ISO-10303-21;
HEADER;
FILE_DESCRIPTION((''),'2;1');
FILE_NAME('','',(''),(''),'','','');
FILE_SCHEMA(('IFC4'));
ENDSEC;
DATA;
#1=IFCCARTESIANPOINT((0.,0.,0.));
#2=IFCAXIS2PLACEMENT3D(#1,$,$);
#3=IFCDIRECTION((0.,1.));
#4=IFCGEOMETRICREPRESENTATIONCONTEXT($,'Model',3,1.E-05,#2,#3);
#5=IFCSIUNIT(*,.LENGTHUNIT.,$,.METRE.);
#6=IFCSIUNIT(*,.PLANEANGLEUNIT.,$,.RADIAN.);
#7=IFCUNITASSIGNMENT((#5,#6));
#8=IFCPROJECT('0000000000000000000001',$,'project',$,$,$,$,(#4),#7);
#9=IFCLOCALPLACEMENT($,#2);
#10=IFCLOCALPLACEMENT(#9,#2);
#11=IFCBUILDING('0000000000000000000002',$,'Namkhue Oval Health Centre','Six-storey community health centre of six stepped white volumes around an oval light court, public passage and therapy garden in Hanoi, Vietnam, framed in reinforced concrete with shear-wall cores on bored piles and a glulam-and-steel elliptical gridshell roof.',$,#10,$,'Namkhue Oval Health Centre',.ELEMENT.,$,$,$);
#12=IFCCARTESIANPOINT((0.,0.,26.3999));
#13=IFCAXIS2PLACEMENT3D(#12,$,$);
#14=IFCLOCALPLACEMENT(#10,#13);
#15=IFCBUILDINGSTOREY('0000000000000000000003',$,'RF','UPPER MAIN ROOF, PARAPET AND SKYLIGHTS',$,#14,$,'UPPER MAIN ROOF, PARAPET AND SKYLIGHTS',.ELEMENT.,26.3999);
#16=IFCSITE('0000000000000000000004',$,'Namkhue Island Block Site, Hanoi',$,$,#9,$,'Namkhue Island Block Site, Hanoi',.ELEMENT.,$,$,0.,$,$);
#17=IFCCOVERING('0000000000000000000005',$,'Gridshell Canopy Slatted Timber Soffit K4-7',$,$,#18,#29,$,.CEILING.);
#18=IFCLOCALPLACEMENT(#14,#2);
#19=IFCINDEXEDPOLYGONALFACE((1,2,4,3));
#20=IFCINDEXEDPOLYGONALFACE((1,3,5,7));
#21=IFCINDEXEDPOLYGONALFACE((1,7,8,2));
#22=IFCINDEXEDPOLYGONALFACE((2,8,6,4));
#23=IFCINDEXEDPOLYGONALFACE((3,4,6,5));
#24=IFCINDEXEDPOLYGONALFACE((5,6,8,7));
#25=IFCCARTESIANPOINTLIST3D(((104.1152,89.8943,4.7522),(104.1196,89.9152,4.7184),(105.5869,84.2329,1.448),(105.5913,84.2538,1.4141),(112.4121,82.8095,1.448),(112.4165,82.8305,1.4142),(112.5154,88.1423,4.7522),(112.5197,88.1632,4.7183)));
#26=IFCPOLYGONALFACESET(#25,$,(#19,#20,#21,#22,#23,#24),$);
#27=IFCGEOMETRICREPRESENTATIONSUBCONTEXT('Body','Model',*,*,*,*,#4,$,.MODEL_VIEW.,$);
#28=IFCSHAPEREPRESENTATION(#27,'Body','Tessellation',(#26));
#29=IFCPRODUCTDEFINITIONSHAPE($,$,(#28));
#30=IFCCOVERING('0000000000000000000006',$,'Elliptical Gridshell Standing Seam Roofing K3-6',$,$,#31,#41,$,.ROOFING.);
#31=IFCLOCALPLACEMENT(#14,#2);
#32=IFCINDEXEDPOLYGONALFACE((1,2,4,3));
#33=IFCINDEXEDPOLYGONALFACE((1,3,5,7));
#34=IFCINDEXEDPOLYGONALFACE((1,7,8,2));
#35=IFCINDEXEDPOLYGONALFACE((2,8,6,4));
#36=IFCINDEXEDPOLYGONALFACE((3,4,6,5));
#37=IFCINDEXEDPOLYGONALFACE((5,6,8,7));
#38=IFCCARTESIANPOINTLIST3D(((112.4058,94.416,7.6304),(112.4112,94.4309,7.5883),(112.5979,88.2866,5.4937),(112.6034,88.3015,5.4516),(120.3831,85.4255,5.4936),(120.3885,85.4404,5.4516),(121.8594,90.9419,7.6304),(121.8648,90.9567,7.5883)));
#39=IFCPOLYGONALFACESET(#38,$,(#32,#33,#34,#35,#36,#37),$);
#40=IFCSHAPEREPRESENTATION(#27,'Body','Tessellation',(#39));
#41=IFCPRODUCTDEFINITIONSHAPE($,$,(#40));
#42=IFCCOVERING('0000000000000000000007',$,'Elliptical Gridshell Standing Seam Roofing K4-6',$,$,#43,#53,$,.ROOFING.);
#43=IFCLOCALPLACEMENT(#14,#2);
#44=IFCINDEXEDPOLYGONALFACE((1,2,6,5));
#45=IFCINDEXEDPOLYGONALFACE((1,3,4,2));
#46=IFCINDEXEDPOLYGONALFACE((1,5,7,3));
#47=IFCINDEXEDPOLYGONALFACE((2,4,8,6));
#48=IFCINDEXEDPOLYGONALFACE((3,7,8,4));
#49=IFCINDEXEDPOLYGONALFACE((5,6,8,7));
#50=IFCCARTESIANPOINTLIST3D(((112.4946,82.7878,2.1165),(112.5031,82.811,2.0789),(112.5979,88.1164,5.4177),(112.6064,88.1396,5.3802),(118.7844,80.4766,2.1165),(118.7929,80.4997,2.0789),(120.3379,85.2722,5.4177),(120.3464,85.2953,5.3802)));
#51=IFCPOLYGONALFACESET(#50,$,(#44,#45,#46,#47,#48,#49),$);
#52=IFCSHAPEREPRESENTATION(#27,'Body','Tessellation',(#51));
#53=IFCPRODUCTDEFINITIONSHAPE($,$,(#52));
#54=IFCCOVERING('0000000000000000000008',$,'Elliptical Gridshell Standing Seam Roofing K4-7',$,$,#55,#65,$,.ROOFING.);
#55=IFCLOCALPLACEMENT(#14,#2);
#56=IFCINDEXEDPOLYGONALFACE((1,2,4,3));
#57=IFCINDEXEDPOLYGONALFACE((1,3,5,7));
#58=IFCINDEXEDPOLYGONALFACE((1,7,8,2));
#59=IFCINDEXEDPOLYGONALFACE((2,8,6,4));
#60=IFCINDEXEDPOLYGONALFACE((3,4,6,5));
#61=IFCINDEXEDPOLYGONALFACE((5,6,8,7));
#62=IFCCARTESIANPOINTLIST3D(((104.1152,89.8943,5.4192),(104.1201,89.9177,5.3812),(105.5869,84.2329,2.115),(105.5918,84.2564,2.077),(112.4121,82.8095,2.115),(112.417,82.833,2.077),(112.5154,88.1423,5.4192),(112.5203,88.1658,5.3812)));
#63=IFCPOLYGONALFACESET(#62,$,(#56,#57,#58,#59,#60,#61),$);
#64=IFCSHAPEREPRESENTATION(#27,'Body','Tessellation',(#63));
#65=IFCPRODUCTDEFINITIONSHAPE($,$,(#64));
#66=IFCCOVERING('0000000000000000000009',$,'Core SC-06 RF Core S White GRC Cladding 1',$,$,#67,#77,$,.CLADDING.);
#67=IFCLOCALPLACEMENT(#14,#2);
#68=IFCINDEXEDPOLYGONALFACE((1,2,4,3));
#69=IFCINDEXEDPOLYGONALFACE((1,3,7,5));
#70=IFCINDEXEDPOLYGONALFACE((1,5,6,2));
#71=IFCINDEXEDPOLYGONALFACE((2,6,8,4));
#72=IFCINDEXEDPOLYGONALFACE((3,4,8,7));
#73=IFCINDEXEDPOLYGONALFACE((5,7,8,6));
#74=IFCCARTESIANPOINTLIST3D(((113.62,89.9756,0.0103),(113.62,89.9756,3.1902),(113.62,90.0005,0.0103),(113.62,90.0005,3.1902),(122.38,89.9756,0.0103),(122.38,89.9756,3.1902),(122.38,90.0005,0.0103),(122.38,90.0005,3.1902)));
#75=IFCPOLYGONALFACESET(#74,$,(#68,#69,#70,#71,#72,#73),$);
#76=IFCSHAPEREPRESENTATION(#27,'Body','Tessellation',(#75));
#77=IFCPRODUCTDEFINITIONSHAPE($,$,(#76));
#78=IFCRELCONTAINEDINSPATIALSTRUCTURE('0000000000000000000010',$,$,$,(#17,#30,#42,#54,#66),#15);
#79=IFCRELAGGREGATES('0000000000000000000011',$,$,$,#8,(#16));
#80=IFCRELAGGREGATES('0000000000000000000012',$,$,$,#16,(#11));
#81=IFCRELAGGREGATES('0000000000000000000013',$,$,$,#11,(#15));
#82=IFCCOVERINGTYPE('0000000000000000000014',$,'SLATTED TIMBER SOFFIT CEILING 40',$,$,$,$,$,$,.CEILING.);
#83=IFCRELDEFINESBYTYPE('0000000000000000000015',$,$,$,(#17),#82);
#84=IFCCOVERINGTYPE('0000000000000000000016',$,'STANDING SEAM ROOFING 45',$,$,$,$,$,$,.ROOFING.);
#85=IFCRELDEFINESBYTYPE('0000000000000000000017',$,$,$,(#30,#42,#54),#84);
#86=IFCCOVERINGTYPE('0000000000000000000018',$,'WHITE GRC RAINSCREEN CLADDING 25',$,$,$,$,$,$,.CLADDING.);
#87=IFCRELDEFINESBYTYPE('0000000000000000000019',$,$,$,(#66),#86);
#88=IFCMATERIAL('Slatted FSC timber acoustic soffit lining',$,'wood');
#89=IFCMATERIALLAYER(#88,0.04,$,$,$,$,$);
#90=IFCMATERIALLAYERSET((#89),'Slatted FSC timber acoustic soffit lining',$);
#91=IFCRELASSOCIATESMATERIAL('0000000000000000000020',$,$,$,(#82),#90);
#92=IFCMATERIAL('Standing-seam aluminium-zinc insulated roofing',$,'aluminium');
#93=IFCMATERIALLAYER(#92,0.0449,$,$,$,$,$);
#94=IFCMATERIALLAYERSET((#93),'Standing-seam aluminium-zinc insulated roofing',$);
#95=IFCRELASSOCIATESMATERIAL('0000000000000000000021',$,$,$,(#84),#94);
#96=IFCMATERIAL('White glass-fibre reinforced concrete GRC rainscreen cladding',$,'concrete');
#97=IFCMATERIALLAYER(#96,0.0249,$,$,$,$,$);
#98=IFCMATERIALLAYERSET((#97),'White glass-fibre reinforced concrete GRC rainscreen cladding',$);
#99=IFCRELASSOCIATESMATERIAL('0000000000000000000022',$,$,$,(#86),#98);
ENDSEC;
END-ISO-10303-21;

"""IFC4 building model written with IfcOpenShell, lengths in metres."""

from ifc_helpers import new_model, si_unit, direction, frame, origin, origin_2d, place, context, subcontext, project, spatial, polyline, rectangle, outline, extrude, material, layer, layer_set, type_object, element, save


model = new_model("IFC4")

# Units and contexts
model_context = context("Model", 3, precision=1e-05, world=origin(), true_north=direction((0.0, 1.0)))
body_context = subcontext(model_context, "Body", "Model", "MODEL_VIEW")
ifc_project = project(units=[si_unit("LENGTHUNIT", "METRE"), si_unit("PLANEANGLEUNIT", "RADIAN")], contexts=[model_context])

# Site, building, storey
site_placement = place(None, origin())
site = spatial("IfcSite", under=ifc_project, at=site_placement, Name="Namkhue Island Block Site, Hanoi", LongName="Namkhue Island Block Site, Hanoi", CompositionType="ELEMENT", RefElevation=0.0)
building_placement = place(site_placement, origin())
building = spatial("IfcBuilding", under=site, at=building_placement, Name="Namkhue Oval Health Centre", Description="Six-storey community health centre of six stepped white volumes around an oval light court, public passage and therapy garden in Hanoi, Vietnam, framed in reinforced concrete with shear-wall cores on bored piles and a glulam-and-steel elliptical gridshell roof.", LongName="Namkhue Oval Health Centre", CompositionType="ELEMENT")
storey_placement = place(building_placement, frame((0.0, 0.0, 26.3999)))
storey = spatial("IfcBuildingStorey", under=building, at=storey_placement, Name="RF", Description="UPPER MAIN ROOF, PARAPET AND SKYLIGHTS", LongName="UPPER MAIN ROOF, PARAPET AND SKYLIGHTS", CompositionType="ELEMENT", Elevation=26.3999)

# Coverings
ifc_material_1 = material(Name="Slatted FSC timber acoustic soffit lining", Category="wood")
ifc_layer_1 = layer(ifc_material_1, 0.04)
ifc_layer_set_1 = layer_set([ifc_layer_1], Name="Slatted FSC timber acoustic soffit lining")
covering_type_1 = type_object("IfcCoveringType", Name="SLATTED TIMBER SOFFIT CEILING 40", PredefinedType="CEILING", material=ifc_layer_set_1)
covering_1_placement = place(storey_placement, frame((112.5154, 88.1423, 4.7522), z_axis=(-0.108872, -0.522036, 0.845947), x_axis=(-0.978936, 0.204167, 0.000004)))
element("IfcCovering", 1, at=covering_1_placement, inside=storey, type_object=covering_type_1, Name="Gridshell Canopy Slatted Timber Soffit K4-7", PredefinedType="CEILING", context=body_context, shape_type="SweptSolid", body=[
    extrude(outline(polyline([(0.0, 0.0), (8.5809, 0.0), (5.9843, 6.1962), (-0.9877, 6.1961), (0.0, 0.0)])), origin(), (0.0, 0.0, -1.0), 0.04),
])
ifc_material_2 = material(Name="Standing-seam aluminium-zinc insulated roofing", Category="aluminium")
ifc_layer_2 = layer(ifc_material_2, 0.0449)
ifc_layer_set_2 = layer_set([ifc_layer_2], Name="Standing-seam aluminium-zinc insulated roofing")
covering_type_2 = type_object("IfcCoveringType", Name="STANDING SEAM ROOFING 45", PredefinedType="ROOFING", material=ifc_layer_set_2)
covering_2_placement = place(storey_placement, frame((121.8594, 90.9419, 7.6304), z_axis=(-0.121321, -0.330129, 0.936107), x_axis=(-0.938626, 0.344938, -0.000002)))
element("IfcCovering", 2, at=covering_2_placement, inside=storey, type_object=covering_type_2, Name="Elliptical Gridshell Standing Seam Roofing K3-6", PredefinedType="ROOFING", context=body_context, shape_type="SweptSolid", body=[
    extrude(outline(polyline([(0.0, 0.0), (10.0718, 0.0), (7.7772, 6.0751), (-0.5171, 6.0752), (0.0, 0.0)])), origin(), (0.0, 0.0, -1.0), 0.0449),
])
covering_3_placement = place(storey_placement, frame((120.3379, 85.2722, 5.4177), z_axis=(-0.189066, -0.514508, 0.836383), x_axis=(-0.938632, 0.344921, 0.000001)))
element("IfcCovering", 3, at=covering_3_placement, inside=storey, type_object=covering_type_2, Name="Elliptical Gridshell Standing Seam Roofing K4-6", PredefinedType="ROOFING", context=body_context, shape_type="SweptSolid", body=[
    extrude(outline(polyline([(0.0, 0.0), (8.246, 0.0), (6.505, 6.0226), (-0.196, 6.0226), (0.0, 0.0)])), origin(), (0.0, 0.0, -1.0), 0.0449),
])
covering_4_placement = place(storey_placement, frame((112.5154, 88.1423, 5.4192), z_axis=(-0.108872, -0.522036, 0.845947), x_axis=(-0.978936, 0.204167, 0.000004)))
element("IfcCovering", 4, at=covering_4_placement, inside=storey, type_object=covering_type_2, Name="Elliptical Gridshell Standing Seam Roofing K4-7", PredefinedType="ROOFING", context=body_context, shape_type="SweptSolid", body=[
    extrude(outline(polyline([(0.0, 0.0), (8.5809, 0.0), (5.9843, 6.1962), (-0.9877, 6.1961), (0.0, 0.0)])), origin(), (0.0, 0.0, -1.0), 0.0449),
])
ifc_material_3 = material(Name="White glass-fibre reinforced concrete GRC rainscreen cladding", Category="concrete")
ifc_layer_3 = layer(ifc_material_3, 0.0249)
ifc_layer_set_3 = layer_set([ifc_layer_3], Name="White glass-fibre reinforced concrete GRC rainscreen cladding")
covering_type_3 = type_object("IfcCoveringType", Name="WHITE GRC RAINSCREEN CLADDING 25", PredefinedType="CLADDING", material=ifc_layer_set_3)
covering_5_placement = place(storey_placement, frame((118.0, 89.988, 0.0103), z_axis=(0.0, 0.0, 1.0), x_axis=(1.0, 0.0, 0.0)))
element("IfcCovering", 5, at=covering_5_placement, inside=storey, type_object=covering_type_3, Name="Core SC-06 RF Core S White GRC Cladding 1", PredefinedType="CLADDING", context=body_context, shape_type="SweptSolid", body=[
    extrude(rectangle(XDim=8.76, YDim=0.0249, at=origin_2d()), origin(), (0.0, 0.0, 1.0), 3.1799),
])

save(model, "model.ifc")
